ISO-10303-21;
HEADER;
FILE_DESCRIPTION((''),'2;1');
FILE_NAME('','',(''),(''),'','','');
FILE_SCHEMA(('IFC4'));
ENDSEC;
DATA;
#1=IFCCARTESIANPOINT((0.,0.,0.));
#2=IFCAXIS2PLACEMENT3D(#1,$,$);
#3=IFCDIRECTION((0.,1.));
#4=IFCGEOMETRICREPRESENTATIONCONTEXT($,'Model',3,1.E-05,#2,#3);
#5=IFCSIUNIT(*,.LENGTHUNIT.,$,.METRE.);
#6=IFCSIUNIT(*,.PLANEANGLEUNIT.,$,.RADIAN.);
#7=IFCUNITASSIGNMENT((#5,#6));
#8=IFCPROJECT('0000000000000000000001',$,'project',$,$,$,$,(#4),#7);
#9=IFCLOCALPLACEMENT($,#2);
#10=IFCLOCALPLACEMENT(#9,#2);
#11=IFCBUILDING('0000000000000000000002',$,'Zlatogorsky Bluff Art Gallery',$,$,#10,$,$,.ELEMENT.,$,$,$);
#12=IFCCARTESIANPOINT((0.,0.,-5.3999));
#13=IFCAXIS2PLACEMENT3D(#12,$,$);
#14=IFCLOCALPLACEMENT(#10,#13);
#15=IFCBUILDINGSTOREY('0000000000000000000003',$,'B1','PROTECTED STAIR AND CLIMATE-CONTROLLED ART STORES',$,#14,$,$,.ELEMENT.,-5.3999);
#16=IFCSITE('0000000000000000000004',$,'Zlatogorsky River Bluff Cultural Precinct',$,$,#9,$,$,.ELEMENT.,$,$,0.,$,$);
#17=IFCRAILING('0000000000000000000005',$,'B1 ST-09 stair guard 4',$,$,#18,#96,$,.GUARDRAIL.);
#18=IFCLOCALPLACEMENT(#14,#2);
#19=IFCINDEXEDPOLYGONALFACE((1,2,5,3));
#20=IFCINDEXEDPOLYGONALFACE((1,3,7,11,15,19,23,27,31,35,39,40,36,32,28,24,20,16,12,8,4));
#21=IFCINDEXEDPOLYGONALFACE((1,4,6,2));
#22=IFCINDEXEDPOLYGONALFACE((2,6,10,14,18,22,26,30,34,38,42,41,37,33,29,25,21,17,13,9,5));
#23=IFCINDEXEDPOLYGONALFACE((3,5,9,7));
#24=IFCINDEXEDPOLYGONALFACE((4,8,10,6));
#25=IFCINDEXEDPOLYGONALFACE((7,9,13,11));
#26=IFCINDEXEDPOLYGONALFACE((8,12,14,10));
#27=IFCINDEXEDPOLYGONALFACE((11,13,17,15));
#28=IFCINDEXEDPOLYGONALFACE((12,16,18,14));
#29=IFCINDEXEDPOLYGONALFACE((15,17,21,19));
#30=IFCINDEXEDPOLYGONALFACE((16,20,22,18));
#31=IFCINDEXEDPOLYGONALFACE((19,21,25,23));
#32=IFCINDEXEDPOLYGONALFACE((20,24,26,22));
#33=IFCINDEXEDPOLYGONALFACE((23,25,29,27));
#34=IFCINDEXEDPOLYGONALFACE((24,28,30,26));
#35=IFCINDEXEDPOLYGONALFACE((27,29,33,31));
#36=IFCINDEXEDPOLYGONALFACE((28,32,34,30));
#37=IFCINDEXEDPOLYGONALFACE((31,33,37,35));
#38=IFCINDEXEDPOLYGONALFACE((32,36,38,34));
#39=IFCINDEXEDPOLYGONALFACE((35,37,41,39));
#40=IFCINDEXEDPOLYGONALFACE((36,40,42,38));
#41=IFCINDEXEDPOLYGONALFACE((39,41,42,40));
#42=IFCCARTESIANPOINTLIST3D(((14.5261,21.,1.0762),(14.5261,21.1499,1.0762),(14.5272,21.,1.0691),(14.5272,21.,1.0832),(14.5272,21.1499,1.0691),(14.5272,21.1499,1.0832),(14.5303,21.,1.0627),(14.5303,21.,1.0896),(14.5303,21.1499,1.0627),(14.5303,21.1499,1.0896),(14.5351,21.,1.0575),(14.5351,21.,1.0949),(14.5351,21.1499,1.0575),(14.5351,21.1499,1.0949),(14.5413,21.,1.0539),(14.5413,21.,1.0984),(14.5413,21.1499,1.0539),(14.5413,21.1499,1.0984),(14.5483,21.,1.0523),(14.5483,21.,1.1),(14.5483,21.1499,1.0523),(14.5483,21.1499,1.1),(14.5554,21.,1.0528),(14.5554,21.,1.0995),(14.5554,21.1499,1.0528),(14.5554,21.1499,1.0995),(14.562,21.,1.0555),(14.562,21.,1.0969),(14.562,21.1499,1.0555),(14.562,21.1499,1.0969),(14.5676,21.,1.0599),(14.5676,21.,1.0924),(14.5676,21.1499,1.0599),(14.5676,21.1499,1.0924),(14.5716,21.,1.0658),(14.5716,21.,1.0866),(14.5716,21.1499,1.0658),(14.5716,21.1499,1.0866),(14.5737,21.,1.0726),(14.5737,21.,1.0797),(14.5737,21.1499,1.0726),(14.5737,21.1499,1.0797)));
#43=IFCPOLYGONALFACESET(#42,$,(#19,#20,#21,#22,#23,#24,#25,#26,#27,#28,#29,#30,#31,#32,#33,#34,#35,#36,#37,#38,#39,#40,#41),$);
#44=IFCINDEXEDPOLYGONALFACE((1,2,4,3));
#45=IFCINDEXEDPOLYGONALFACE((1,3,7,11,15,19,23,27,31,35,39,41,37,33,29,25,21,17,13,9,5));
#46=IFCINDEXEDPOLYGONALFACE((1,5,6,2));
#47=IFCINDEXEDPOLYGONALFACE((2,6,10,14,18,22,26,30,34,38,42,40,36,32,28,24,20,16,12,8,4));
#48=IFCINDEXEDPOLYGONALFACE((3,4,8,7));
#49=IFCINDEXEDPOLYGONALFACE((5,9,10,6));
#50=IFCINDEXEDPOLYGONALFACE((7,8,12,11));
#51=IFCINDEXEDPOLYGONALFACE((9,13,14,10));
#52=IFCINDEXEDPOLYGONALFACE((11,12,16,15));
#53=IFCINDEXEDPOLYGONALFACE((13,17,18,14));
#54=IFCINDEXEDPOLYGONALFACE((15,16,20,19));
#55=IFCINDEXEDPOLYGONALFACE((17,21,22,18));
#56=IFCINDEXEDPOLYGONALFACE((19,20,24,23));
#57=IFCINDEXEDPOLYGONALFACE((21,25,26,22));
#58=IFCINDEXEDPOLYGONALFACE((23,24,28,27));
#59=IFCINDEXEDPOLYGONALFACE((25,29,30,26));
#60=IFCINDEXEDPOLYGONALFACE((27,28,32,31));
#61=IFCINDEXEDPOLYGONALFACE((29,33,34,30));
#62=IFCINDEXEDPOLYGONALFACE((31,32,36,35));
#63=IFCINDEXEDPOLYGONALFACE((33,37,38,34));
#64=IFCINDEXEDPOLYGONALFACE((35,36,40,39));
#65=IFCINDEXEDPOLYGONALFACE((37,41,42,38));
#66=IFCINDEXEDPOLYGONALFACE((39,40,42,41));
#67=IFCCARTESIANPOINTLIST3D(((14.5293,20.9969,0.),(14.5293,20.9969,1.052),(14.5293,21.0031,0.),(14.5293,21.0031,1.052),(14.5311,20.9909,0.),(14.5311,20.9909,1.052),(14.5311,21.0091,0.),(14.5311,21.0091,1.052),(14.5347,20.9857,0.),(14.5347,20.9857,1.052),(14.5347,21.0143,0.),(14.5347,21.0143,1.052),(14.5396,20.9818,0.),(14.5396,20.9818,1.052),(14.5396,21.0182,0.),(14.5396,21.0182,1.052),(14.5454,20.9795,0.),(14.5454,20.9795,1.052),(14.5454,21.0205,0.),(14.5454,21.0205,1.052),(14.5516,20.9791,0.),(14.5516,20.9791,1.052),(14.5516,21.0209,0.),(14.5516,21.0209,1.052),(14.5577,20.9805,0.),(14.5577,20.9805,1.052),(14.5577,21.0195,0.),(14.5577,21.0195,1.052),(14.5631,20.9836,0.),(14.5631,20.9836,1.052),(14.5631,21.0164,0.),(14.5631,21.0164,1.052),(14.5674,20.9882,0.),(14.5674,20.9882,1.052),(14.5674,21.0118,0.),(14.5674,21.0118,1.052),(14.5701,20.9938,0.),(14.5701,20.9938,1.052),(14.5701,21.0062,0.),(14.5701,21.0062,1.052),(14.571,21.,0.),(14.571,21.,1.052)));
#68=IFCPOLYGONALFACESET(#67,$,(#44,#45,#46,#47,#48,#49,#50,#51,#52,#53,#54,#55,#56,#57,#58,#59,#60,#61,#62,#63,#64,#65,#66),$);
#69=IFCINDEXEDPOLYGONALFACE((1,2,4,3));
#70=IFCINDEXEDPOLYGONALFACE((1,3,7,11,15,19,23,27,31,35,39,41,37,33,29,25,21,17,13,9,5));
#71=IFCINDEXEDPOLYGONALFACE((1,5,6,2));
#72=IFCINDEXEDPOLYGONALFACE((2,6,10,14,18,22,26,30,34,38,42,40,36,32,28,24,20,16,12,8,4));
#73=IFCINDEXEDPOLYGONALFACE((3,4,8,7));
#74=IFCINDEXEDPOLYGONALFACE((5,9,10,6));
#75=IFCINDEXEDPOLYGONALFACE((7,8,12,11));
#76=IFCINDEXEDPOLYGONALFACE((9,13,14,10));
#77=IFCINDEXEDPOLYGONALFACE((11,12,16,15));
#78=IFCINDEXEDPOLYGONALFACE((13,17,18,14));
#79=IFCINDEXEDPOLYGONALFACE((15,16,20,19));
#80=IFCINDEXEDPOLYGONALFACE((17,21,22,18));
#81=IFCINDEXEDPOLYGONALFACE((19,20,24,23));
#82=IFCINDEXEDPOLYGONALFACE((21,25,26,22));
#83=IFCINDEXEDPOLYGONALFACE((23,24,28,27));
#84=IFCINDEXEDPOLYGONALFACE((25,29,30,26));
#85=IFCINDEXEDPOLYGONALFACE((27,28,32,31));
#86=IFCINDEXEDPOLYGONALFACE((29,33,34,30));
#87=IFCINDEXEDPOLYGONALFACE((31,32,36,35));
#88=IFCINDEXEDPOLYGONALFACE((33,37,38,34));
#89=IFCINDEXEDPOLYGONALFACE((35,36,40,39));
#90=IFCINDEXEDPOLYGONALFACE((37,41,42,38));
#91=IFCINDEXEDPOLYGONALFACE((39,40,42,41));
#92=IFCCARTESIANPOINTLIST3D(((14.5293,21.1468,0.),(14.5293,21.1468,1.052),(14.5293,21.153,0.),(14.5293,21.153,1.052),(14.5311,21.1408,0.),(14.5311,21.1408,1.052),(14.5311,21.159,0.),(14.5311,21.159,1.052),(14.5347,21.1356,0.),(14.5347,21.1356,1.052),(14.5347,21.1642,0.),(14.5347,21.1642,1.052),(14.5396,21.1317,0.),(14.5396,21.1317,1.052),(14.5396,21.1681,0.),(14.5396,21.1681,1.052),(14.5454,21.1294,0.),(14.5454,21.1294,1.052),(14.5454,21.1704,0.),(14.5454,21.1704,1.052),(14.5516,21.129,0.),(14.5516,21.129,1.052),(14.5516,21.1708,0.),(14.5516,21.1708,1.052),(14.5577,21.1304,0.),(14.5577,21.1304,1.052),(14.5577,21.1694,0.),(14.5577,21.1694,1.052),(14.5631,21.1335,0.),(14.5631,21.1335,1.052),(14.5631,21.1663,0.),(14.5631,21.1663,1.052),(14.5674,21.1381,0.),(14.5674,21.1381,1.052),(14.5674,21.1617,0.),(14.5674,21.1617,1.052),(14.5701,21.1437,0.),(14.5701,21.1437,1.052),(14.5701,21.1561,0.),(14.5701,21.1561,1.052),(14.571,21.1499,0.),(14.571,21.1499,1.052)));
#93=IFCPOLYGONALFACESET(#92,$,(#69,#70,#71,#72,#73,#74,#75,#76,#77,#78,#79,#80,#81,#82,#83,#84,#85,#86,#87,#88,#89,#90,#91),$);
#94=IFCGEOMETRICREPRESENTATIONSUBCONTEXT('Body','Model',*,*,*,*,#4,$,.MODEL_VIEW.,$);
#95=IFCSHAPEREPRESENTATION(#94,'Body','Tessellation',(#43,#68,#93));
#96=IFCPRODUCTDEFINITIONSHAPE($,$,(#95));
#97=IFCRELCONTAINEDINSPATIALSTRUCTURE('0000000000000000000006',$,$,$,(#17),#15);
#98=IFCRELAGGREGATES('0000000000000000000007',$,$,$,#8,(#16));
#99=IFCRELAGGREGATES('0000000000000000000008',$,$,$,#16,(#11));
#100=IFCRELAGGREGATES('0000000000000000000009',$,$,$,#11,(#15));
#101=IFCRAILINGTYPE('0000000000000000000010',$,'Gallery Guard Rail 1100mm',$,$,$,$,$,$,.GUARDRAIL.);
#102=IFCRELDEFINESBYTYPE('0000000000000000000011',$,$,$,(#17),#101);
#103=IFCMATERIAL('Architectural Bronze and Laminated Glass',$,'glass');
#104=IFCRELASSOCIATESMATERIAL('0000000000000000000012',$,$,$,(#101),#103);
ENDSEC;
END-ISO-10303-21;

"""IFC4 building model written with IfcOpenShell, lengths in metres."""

from ifc_helpers import new_model, si_unit, direction, frame, origin, origin_2d, place, context, subcontext, project, spatial, circle, extrude, material, type_object, element, save


model = new_model("IFC4")

# Units and contexts
model_context = context("Model", 3, precision=1e-05, world=origin(), true_north=direction((0.0, 1.0)))
body_context = subcontext(model_context, "Body", "Model", "MODEL_VIEW")
ifc_project = project(units=[si_unit("LENGTHUNIT", "METRE"), si_unit("PLANEANGLEUNIT", "RADIAN")], contexts=[model_context])

# Site, building, storey
site_placement = place(None, origin())
site = spatial("IfcSite", under=ifc_project, at=site_placement, Name="Zlatogorsky River Bluff Cultural Precinct", CompositionType="ELEMENT", RefElevation=0.0)
building_placement = place(site_placement, origin())
building = spatial("IfcBuilding", under=site, at=building_placement, Name="Zlatogorsky Bluff Art Gallery", CompositionType="ELEMENT")
storey_placement = place(building_placement, frame((0.0, 0.0, -5.3999)))
storey = spatial("IfcBuildingStorey", under=building, at=storey_placement, Name="B1", Description="PROTECTED STAIR AND CLIMATE-CONTROLLED ART STORES", CompositionType="ELEMENT", Elevation=-5.3999)

# Railing
ifc_material_1 = material(Name="Architectural Bronze and Laminated Glass", Category="glass")
railing_type_1 = type_object("IfcRailingType", Name="Gallery Guard Rail 1100mm", PredefinedType="GUARDRAIL", material=ifc_material_1)
railing_1_placement = place(storey_placement, frame((14.55, 21.0, 0.0)))
element("IfcRailing", 1, at=railing_1_placement, inside=storey, type_object=railing_type_1, Name="B1 ST-09 stair guard 4", PredefinedType="GUARDRAIL", context=body_context, shape_type="SweptSolid", body=[
    extrude(circle(Radius=0.0239, at=origin_2d()), frame((0.0, 0.0, 1.0762), z_axis=(0.0, 1.0, 0.0), x_axis=(-1.0, 0.0, 0.0)), (0.0, 0.0, 1.0), 0.1499),
    extrude(circle(Radius=0.021, at=origin_2d()), origin(), (0.0, 0.0, 1.0), 1.052),
    extrude(circle(Radius=0.021, at=origin_2d()), frame((0.0, 0.1499, 0.0)), (0.0, 0.0, 1.0), 1.052),
])

save(model, "model.ifc")
